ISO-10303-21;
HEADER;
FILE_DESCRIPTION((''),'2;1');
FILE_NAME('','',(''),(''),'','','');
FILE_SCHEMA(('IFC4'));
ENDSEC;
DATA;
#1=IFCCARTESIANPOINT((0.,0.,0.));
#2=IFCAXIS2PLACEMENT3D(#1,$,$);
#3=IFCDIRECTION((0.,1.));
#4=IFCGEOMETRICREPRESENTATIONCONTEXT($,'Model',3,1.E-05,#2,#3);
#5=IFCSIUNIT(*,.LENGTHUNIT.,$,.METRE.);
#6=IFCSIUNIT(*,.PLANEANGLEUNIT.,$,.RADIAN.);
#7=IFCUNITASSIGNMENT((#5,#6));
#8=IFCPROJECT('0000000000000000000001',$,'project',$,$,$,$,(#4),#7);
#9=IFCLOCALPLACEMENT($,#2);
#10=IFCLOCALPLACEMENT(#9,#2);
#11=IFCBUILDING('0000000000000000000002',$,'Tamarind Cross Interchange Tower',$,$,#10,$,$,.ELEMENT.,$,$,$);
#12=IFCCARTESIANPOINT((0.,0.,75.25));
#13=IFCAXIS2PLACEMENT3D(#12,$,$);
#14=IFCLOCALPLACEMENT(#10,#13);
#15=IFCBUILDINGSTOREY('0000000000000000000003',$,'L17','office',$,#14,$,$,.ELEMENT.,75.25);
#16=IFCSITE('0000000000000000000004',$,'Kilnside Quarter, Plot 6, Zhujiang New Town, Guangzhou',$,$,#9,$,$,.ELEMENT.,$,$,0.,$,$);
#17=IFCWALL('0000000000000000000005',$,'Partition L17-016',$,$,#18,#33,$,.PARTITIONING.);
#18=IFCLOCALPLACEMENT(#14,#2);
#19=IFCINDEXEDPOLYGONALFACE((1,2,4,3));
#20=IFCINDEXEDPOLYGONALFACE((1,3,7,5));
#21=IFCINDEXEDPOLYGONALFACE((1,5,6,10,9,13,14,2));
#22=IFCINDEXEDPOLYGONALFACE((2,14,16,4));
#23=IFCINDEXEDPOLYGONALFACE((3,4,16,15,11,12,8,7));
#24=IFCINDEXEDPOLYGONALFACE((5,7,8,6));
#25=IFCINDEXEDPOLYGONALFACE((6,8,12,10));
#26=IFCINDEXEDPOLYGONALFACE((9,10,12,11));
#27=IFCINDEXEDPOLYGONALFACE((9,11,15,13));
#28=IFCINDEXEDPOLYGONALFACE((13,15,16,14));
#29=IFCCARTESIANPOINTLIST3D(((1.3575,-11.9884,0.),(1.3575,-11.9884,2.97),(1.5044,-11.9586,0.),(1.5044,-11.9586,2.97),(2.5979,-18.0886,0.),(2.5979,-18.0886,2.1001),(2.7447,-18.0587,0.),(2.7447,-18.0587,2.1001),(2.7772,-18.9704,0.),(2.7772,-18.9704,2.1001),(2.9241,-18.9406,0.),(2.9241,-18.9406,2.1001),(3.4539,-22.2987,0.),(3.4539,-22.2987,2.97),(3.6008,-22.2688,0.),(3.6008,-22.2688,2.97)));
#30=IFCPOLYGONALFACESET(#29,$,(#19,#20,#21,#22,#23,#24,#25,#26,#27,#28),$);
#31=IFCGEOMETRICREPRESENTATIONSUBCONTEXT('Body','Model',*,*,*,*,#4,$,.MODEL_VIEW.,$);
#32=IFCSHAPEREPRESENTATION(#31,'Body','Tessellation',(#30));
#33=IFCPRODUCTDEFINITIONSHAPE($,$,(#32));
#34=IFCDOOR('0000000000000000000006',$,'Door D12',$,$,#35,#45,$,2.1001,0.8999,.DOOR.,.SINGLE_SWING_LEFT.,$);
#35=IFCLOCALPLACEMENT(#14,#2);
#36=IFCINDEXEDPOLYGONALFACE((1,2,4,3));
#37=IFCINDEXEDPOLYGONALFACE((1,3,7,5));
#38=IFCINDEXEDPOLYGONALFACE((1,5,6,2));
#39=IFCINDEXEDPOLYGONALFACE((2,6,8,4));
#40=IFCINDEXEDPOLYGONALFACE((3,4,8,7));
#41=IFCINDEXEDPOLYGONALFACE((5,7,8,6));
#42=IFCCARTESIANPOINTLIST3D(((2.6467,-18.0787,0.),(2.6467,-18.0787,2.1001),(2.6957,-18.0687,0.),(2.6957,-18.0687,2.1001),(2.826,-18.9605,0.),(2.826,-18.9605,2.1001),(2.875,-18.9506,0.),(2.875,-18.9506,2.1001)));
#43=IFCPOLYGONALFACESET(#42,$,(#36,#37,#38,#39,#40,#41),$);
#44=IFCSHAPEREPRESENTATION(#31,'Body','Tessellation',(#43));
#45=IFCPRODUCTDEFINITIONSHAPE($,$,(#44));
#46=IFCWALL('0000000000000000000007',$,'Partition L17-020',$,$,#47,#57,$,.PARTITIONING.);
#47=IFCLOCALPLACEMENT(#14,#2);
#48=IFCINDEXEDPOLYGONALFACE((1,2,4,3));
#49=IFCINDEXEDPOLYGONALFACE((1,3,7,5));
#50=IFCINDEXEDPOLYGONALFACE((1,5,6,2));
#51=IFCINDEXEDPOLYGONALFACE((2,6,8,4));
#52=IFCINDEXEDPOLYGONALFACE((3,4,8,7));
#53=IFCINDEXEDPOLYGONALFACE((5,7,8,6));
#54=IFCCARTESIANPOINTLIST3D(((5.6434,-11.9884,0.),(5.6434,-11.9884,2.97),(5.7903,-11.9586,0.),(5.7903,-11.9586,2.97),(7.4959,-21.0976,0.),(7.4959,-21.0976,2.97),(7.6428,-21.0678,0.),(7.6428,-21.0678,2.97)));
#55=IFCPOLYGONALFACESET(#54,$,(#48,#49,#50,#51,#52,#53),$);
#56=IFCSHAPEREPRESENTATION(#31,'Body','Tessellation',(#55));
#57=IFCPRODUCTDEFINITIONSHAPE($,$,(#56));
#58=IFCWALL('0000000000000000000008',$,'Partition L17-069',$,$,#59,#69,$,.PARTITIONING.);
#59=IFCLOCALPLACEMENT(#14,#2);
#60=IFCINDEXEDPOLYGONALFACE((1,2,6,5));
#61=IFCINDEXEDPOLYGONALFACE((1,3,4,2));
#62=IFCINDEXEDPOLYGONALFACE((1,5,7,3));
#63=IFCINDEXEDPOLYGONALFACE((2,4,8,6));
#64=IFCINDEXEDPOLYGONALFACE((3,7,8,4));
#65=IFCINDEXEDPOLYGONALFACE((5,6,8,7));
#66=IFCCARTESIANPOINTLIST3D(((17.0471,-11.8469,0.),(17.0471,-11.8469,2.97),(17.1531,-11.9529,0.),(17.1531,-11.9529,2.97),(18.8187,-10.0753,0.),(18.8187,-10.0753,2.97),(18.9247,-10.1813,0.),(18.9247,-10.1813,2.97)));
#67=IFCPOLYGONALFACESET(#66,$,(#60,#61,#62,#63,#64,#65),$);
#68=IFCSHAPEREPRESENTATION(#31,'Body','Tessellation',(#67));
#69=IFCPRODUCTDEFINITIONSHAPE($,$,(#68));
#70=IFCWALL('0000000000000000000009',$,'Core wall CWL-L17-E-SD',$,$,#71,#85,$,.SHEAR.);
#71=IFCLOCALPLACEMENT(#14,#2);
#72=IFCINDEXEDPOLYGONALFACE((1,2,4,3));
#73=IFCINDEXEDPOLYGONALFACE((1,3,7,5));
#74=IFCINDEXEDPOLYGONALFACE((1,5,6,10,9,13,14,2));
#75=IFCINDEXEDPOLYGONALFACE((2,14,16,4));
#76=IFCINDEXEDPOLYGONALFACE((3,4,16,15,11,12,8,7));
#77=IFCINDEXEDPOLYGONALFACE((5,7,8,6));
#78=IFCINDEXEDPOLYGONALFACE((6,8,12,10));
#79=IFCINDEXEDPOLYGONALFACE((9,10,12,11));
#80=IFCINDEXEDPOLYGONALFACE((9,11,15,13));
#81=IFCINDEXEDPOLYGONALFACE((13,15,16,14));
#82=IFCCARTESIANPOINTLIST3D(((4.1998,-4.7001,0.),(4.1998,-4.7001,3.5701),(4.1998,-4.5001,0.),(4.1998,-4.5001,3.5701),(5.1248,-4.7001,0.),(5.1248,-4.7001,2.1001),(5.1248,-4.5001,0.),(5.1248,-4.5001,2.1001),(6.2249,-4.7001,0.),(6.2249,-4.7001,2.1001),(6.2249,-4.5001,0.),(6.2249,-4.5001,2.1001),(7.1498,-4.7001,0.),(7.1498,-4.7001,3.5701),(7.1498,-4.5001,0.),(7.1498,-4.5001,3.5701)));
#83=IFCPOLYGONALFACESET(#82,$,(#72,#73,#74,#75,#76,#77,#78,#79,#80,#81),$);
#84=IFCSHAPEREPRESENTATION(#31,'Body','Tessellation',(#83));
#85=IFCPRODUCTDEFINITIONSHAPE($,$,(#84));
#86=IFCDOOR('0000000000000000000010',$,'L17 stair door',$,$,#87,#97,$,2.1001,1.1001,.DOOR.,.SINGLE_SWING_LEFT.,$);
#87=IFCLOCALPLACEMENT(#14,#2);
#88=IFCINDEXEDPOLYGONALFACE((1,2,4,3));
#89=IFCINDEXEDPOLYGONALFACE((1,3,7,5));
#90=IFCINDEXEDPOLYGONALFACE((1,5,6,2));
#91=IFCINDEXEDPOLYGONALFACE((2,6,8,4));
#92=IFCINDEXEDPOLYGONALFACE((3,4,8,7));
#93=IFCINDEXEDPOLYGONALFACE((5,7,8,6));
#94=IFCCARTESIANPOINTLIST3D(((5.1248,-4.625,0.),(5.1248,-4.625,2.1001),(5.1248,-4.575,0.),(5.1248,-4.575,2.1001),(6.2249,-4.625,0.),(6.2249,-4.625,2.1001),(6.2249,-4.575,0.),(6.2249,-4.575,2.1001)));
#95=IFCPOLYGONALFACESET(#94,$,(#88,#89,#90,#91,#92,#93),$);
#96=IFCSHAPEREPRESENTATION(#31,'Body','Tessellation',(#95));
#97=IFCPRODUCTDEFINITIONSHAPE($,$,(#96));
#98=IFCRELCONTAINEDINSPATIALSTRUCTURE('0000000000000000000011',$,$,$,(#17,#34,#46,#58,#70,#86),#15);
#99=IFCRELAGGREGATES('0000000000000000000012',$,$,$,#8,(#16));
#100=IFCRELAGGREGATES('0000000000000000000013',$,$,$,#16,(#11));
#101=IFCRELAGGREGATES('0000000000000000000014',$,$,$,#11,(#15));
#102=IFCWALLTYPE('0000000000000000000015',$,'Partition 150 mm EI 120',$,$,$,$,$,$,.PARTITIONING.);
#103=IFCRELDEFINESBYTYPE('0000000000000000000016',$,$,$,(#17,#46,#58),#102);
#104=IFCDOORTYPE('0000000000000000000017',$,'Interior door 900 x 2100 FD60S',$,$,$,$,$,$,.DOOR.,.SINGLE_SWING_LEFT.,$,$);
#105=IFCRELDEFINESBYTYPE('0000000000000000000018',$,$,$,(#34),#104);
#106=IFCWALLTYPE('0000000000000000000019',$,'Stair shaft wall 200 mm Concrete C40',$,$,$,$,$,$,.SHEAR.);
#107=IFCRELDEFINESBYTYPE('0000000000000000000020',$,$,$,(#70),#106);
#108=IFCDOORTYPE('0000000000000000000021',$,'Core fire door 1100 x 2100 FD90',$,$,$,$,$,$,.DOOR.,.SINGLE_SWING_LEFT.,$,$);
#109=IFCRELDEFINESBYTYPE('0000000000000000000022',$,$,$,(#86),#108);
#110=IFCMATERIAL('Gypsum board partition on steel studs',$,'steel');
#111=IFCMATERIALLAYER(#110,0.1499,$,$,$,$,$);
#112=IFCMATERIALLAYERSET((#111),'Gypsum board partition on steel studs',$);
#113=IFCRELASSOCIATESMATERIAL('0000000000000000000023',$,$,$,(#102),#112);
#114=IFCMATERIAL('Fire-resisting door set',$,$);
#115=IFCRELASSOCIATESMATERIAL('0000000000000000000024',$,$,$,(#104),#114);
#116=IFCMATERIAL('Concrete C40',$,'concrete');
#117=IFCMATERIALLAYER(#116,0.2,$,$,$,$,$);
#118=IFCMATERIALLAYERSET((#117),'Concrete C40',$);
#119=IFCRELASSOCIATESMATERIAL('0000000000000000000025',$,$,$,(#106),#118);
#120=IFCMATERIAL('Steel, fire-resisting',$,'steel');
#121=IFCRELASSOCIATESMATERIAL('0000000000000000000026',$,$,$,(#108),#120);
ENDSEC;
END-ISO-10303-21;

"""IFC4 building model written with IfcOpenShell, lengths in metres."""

from ifc_helpers import new_model, si_unit, direction, frame, frame_2d, origin, place, context, subcontext, project, spatial, rectangle, extrude, material, layer, layer_set, type_object, element, fill, save


model = new_model("IFC4")

# Units and contexts
model_context = context("Model", 3, precision=1e-05, world=origin(), true_north=direction((0.0, 1.0)))
body_context = subcontext(model_context, "Body", "Model", "MODEL_VIEW")
ifc_project = project(units=[si_unit("LENGTHUNIT", "METRE"), si_unit("PLANEANGLEUNIT", "RADIAN")], contexts=[model_context])

# Site, building, storey
site_placement = place(None, origin())
site = spatial("IfcSite", under=ifc_project, at=site_placement, Name="Kilnside Quarter, Plot 6, Zhujiang New Town, Guangzhou", CompositionType="ELEMENT", RefElevation=0.0)
building_placement = place(site_placement, origin())
building = spatial("IfcBuilding", under=site, at=building_placement, Name="Tamarind Cross Interchange Tower", CompositionType="ELEMENT")
storey_placement = place(building_placement, frame((0.0, 0.0, 75.25)))
storey = spatial("IfcBuildingStorey", under=building, at=storey_placement, Name="L17", Description="office", CompositionType="ELEMENT", Elevation=75.25)

# Shared definitions
ifc_material_1 = material(Name="Steel, fire-resisting", Category="steel")

# Shared definitions
ifc_material_2 = material(Name="Gypsum board partition on steel studs", Category="steel")

# Wall, opening, door
ifc_layer_1 = layer(ifc_material_2, 0.1499)
ifc_layer_set_1 = layer_set([ifc_layer_1], Name="Gypsum board partition on steel studs")
wall_type_1 = type_object("IfcWallType", Name="Partition 150 mm EI 120", PredefinedType="PARTITIONING", material=ifc_layer_set_1)
wall_1_placement = place(storey_placement, frame((1.4309, -11.9734, 0.0), z_axis=(0.0, 0.0, 1.0), x_axis=(0.199257, -0.979947, 0.0)))
wall_1 = element("IfcWall", 1, at=wall_1_placement, inside=storey, type_object=wall_type_1, Name="Partition L17-016", PredefinedType="PARTITIONING", context=body_context, shape_type="SweptSolid", body=[
    extrude(rectangle(XDim=10.5212, YDim=0.1499, at=frame_2d((5.2607, 0.0))), origin(), (0.0, 0.0, 1.0), 2.97),
])
opening_1_placement = place(wall_1_placement, frame((6.2251, 0.0, 0.0)))
opening_1 = element("IfcOpeningElement", 2, at=opening_1_placement, cuts=wall_1, PredefinedType="OPENING", context=body_context, shape_type="SweptSolid", body=[
    extrude(rectangle(XDim=0.8999, YDim=2.1001, at=frame_2d((0.45, 1.05))), frame((0.0, 0.085, 0.0), z_axis=(0.0, -1.0, 0.0), x_axis=(1.0, 0.0, 0.0)), (0.0, 0.0, 1.0), 0.1699),
])
ifc_material_3 = material(Name="Fire-resisting door set")
door_type_1 = type_object("IfcDoorType", Name="Interior door 900 x 2100 FD60S", OperationType="SINGLE_SWING_LEFT", PredefinedType="DOOR", material=ifc_material_3)
door_1_placement = place(opening_1_placement, origin())
door_1 = element("IfcDoor", 3, at=door_1_placement, inside=storey, type_object=door_type_1, Name="Door D12", OperationType="SINGLE_SWING_LEFT", OverallHeight=2.1001, OverallWidth=0.8999, PredefinedType="DOOR", context=body_context, shape_type="SweptSolid", body=[
    extrude(rectangle(XDim=0.8999, YDim=2.1001, at=frame_2d((0.45, 1.05))), frame((0.0, 0.0249, 0.0), z_axis=(0.0, -1.0, 0.0), x_axis=(1.0, 0.0, 0.0)), (0.0, 0.0, 1.0), 0.05),
])
fill(opening_1, door_1)

# Walls
wall_2_placement = place(storey_placement, frame((5.7168, -11.9734, 0.0), z_axis=(0.0, 0.0, 1.0), x_axis=(0.199292, -0.97994, 0.0)))
element("IfcWall", 4, at=wall_2_placement, inside=storey, type_object=wall_type_1, Name="Partition L17-020", PredefinedType="PARTITIONING", context=body_context, shape_type="SweptSolid", body=[
    extrude(rectangle(XDim=9.2957, YDim=0.1499, at=frame_2d((4.6479, 0.0))), origin(), (0.0, 0.0, 1.0), 2.97),
])
wall_3_placement = place(storey_placement, frame((17.1001, -11.8999, 0.0), z_axis=(0.0, 0.0, 1.0), x_axis=(0.707107, 0.707107, 0.0)))
element("IfcWall", 5, at=wall_3_placement, inside=storey, type_object=wall_type_1, Name="Partition L17-069", PredefinedType="PARTITIONING", context=body_context, shape_type="SweptSolid", body=[
    extrude(rectangle(XDim=2.5054, YDim=0.1499, at=frame_2d((1.2527, 0.0))), origin(), (0.0, 0.0, 1.0), 2.97),
])

# Wall, opening, door
ifc_material_4 = material(Name="Concrete C40", Category="concrete")
ifc_layer_2 = layer(ifc_material_4, 0.2)
ifc_layer_set_2 = layer_set([ifc_layer_2], Name="Concrete C40")
wall_type_2 = type_object("IfcWallType", Name="Stair shaft wall 200 mm Concrete C40", PredefinedType="SHEAR", material=ifc_layer_set_2)
wall_4_placement = place(storey_placement, frame((7.1499, -4.6001, 0.0), z_axis=(0.0, 0.0, 1.0), x_axis=(-1.0, 0.0, 0.0)))
wall_4 = element("IfcWall", 6, at=wall_4_placement, inside=storey, type_object=wall_type_2, Name="Core wall CWL-L17-E-SD", PredefinedType="SHEAR", context=body_context, shape_type="SweptSolid", body=[
    extrude(rectangle(XDim=2.95, YDim=0.2, at=frame_2d((1.4751, 0.0))), origin(), (0.0, 0.0, 1.0), 3.5701),
])
opening_2_placement = place(wall_4_placement, frame((0.925, 0.0, 0.0)))
opening_2 = element("IfcOpeningElement", 7, at=opening_2_placement, cuts=wall_4, PredefinedType="OPENING", context=body_context, shape_type="SweptSolid", body=[
    extrude(rectangle(XDim=1.1001, YDim=2.1001, at=frame_2d((0.55, 1.05))), frame((0.0, 0.1099, 0.0), z_axis=(0.0, -1.0, 0.0), x_axis=(1.0, 0.0, 0.0)), (0.0, 0.0, 1.0), 0.22),
])
door_type_2 = type_object("IfcDoorType", Name="Core fire door 1100 x 2100 FD90", OperationType="SINGLE_SWING_LEFT", PredefinedType="DOOR", material=ifc_material_1)
door_2_placement = place(opening_2_placement, origin())
door_2 = element("IfcDoor", 8, at=door_2_placement, inside=storey, type_object=door_type_2, Name="L17 stair door", OperationType="SINGLE_SWING_LEFT", OverallHeight=2.1001, OverallWidth=1.1001, PredefinedType="DOOR", context=body_context, shape_type="SweptSolid", body=[
    extrude(rectangle(XDim=1.1001, YDim=2.1001, at=frame_2d((0.55, 1.05))), frame((0.0, 0.0249, 0.0), z_axis=(0.0, -1.0, 0.0), x_axis=(1.0, 0.0, 0.0)), (0.0, 0.0, 1.0), 0.05),
])
fill(opening_2, door_2)

save(model, "model.ifc")
